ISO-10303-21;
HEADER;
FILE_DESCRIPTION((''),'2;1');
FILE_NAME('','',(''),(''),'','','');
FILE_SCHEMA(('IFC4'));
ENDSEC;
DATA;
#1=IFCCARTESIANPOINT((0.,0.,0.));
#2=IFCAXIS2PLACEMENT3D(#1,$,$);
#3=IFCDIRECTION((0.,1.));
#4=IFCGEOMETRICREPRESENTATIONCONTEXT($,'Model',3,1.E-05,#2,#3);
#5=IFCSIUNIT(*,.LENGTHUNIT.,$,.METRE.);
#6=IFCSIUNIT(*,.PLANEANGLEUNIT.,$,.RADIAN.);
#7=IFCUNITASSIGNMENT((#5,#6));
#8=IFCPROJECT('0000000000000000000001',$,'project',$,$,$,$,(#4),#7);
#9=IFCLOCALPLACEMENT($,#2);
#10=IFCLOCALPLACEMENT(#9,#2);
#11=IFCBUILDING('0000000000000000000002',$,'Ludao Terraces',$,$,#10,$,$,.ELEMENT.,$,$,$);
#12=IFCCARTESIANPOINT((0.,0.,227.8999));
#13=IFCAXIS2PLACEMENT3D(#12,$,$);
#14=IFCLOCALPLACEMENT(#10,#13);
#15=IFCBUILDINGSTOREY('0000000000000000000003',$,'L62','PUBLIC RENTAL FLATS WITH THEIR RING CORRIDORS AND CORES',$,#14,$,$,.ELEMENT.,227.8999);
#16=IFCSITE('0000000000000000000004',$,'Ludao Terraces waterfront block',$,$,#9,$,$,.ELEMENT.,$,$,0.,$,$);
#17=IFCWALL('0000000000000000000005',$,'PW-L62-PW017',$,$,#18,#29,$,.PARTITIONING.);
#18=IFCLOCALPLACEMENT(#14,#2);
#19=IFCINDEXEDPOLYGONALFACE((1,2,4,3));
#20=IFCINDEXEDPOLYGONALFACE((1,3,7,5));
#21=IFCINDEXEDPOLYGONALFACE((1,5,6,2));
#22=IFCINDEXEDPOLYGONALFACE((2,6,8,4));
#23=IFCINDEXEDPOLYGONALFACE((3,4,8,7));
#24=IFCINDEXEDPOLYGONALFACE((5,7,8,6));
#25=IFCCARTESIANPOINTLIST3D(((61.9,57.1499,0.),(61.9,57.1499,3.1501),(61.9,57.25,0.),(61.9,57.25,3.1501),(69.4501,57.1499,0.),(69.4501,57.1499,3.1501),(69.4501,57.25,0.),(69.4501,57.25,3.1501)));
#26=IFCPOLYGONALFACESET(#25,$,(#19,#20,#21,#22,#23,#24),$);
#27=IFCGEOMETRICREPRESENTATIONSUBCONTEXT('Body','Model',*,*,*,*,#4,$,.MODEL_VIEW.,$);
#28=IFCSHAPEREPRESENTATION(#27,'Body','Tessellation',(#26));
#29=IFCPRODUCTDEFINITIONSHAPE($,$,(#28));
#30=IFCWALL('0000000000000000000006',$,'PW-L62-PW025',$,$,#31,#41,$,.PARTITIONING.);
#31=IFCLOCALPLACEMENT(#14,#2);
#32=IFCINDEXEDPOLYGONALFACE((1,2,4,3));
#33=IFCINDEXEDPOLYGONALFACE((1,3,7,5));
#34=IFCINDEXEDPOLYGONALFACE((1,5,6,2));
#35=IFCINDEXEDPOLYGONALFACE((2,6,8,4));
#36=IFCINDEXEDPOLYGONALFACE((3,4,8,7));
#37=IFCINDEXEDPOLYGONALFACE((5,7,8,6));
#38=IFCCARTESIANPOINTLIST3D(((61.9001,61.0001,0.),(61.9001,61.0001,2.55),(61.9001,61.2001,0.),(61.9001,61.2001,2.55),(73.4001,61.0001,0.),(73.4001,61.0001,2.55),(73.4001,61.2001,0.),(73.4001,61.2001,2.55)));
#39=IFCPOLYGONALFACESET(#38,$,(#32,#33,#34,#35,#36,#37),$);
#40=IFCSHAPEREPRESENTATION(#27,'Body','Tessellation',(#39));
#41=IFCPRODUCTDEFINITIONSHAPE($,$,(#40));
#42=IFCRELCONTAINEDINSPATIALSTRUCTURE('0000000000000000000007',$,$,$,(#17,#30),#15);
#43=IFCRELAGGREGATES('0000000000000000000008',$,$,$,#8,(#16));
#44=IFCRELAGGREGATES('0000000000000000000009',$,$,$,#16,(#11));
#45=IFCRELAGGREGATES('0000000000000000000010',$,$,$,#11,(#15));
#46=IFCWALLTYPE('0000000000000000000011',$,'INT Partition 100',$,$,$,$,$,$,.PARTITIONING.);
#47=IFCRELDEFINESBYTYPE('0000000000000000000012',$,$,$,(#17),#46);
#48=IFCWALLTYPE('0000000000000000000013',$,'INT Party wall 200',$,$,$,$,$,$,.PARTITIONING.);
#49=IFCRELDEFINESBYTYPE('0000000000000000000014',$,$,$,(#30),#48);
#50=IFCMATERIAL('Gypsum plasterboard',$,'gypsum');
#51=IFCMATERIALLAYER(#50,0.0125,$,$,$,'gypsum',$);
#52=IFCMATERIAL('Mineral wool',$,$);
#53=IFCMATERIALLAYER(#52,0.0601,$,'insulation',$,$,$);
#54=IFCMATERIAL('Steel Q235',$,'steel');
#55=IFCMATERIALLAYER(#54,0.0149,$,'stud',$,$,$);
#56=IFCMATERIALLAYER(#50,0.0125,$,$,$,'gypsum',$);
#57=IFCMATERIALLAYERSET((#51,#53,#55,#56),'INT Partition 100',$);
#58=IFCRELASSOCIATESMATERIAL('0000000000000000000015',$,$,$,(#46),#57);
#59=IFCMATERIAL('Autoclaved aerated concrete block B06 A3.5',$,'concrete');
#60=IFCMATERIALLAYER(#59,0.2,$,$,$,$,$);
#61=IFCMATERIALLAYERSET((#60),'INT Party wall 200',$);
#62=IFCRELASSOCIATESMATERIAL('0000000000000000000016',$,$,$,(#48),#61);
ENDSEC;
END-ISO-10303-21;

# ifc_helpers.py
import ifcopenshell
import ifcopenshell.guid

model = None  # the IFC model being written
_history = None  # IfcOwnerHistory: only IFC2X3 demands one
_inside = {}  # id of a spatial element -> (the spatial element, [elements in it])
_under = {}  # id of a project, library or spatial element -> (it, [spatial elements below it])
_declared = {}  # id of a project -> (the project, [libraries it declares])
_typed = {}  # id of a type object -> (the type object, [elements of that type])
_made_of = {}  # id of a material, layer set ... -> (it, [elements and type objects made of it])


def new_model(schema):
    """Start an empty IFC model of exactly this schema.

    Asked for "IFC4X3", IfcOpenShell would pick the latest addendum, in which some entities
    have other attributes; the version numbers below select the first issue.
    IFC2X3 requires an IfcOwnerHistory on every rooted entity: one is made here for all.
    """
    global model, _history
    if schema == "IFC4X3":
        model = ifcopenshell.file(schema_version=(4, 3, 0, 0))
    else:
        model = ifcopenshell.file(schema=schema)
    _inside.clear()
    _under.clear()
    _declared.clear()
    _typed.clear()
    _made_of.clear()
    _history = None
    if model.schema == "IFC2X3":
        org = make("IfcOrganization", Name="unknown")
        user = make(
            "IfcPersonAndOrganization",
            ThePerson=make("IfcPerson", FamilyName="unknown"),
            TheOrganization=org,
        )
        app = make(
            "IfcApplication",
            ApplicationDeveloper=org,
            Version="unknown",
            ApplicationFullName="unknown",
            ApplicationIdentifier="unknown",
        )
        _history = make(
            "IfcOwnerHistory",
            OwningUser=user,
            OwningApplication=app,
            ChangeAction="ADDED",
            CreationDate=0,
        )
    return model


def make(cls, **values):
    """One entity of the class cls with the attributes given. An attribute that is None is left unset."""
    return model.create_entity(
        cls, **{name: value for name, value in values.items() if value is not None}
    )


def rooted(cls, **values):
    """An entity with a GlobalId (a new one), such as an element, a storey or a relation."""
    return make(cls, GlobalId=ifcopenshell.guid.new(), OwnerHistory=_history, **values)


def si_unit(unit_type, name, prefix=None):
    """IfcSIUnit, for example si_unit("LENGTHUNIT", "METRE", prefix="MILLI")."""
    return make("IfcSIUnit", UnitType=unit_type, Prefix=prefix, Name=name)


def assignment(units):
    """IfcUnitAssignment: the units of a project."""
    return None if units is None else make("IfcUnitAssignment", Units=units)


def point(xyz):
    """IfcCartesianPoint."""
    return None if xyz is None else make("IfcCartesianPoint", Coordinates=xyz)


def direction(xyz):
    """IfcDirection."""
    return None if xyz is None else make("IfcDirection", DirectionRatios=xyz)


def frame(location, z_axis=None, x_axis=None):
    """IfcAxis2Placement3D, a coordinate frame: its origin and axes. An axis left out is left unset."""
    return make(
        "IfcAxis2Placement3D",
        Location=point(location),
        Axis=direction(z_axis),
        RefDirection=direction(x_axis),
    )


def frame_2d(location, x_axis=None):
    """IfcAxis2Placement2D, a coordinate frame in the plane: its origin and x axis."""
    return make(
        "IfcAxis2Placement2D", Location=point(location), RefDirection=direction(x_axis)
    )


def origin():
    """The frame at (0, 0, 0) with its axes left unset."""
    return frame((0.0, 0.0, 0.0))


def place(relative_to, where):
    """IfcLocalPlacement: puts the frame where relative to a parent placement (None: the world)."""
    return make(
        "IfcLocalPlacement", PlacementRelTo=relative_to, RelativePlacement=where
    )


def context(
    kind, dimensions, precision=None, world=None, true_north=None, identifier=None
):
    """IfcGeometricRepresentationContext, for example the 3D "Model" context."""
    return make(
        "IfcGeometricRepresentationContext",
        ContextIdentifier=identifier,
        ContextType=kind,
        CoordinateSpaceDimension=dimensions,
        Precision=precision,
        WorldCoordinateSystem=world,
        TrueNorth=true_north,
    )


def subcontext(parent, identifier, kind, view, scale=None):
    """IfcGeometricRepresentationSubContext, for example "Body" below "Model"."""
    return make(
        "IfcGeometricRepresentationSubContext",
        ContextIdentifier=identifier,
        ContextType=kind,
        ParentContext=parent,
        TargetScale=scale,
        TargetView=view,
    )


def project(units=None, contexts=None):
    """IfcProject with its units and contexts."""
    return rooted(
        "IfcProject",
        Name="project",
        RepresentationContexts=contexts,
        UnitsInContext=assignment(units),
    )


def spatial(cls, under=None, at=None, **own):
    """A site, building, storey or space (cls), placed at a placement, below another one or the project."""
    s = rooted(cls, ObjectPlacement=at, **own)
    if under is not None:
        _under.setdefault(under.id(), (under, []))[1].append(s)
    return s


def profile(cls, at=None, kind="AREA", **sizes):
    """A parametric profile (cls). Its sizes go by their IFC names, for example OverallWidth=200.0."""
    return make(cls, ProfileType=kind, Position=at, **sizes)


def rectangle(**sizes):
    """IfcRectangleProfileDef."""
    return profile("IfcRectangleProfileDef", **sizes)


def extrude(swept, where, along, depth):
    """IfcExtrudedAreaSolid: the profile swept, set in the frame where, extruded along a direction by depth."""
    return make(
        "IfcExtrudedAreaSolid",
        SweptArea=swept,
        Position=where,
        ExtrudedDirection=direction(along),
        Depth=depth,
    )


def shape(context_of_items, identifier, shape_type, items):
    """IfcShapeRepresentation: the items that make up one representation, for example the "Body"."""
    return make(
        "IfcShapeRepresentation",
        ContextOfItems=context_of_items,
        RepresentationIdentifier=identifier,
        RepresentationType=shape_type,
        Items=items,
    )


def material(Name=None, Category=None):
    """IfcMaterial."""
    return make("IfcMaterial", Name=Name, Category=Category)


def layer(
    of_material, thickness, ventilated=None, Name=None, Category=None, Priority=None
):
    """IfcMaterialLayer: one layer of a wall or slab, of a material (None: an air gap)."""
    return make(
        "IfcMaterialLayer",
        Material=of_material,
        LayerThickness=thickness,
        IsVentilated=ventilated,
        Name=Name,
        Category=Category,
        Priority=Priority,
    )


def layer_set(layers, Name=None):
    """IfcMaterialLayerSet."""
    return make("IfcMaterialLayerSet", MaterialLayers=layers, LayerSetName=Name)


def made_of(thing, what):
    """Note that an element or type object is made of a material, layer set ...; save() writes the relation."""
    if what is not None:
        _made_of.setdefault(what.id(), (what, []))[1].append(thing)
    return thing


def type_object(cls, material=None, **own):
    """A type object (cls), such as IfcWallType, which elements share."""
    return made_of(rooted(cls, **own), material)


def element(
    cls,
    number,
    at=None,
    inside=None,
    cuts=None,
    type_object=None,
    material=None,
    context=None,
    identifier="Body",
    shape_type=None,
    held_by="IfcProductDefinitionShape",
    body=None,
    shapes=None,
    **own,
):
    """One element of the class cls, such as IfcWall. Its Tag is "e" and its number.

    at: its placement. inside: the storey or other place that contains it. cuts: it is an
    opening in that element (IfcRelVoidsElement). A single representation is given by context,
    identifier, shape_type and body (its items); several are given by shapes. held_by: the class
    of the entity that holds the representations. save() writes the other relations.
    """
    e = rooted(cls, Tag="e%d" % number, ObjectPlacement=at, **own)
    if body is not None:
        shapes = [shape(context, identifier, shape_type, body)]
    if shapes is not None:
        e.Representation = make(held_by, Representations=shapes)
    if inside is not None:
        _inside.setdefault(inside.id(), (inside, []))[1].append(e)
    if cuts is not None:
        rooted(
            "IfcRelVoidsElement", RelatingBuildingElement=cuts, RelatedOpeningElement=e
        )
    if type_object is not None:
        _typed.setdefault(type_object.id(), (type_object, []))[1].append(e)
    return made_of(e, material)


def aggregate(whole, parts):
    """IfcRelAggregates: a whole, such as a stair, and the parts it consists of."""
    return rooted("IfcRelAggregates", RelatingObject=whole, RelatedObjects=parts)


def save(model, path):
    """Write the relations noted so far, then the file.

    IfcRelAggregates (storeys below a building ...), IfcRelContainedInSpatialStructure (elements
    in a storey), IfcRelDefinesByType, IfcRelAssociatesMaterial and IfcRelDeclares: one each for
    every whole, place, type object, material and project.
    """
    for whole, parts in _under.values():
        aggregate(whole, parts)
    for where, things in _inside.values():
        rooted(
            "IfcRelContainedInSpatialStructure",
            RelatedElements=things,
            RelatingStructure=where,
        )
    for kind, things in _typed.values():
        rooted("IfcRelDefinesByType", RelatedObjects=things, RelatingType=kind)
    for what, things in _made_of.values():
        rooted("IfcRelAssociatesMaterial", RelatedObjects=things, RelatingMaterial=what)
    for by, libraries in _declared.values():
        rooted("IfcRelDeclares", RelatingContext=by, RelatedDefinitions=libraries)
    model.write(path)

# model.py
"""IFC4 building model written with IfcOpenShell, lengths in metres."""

from ifc_helpers import new_model, si_unit, direction, frame, frame_2d, origin, place, context, subcontext, project, spatial, rectangle, extrude, material, layer, layer_set, type_object, element, save


model = new_model("IFC4")

# Units and contexts
model_context = context("Model", 3, precision=1e-05, world=origin(), true_north=direction((0.0, 1.0)))
body_context = subcontext(model_context, "Body", "Model", "MODEL_VIEW")
ifc_project = project(units=[si_unit("LENGTHUNIT", "METRE"), si_unit("PLANEANGLEUNIT", "RADIAN")], contexts=[model_context])

# Site, building, storey
site_placement = place(None, origin())
site = spatial("IfcSite", under=ifc_project, at=site_placement, Name="Ludao Terraces waterfront block", CompositionType="ELEMENT", RefElevation=0.0)
building_placement = place(site_placement, origin())
building = spatial("IfcBuilding", under=site, at=building_placement, Name="Ludao Terraces", CompositionType="ELEMENT")
storey_placement = place(building_placement, frame((0.0, 0.0, 227.8999)))
storey = spatial("IfcBuildingStorey", under=building, at=storey_placement, Name="L62", Description="PUBLIC RENTAL FLATS WITH THEIR RING CORRIDORS AND CORES", CompositionType="ELEMENT", Elevation=227.8999)

# Shared definitions
ifc_material_1 = material(Name="Mineral wool")

# Shared definitions
ifc_material_2 = material(Name="Gypsum plasterboard", Category="gypsum")
ifc_layer_1 = layer(ifc_material_2, 0.0125, Category="gypsum")
ifc_layer_2 = layer(ifc_material_1, 0.0601, Name="insulation")
ifc_material_3 = material(Name="Steel Q235", Category="steel")
ifc_layer_3 = layer(ifc_material_3, 0.0149, Name="stud")
ifc_layer_4 = layer(ifc_material_2, 0.0125, Category="gypsum")
ifc_layer_set_1 = layer_set([ifc_layer_1, ifc_layer_2, ifc_layer_3, ifc_layer_4], Name="INT Partition 100")
wall_type_1 = type_object("IfcWallType", Name="INT Partition 100", PredefinedType="PARTITIONING", material=ifc_layer_set_1)

# Walls
for number, where, z_axis, x_axis, name in (
    (1, (61.9001, 57.2, 0.0), (0.0, 0.0, 1.0), (1.0, 0.0, 0.0), "PW-L62-PW017"),
):
    element("IfcWall", number, at=place(storey_placement, frame(where, z_axis=z_axis, x_axis=x_axis)), inside=storey, type_object=wall_type_1, Name=name, PredefinedType="PARTITIONING", context=body_context, shape_type="SweptSolid", body=[
        extrude(rectangle(XDim=7.55, YDim=0.1001, at=frame_2d((3.7749, 0.0))), origin(), (0.0, 0.0, 1.0), 3.1501),
    ])
ifc_material_4 = material(Name="Autoclaved aerated concrete block B06 A3.5", Category="concrete")
ifc_layer_5 = layer(ifc_material_4, 0.2)
ifc_layer_set_2 = layer_set([ifc_layer_5], Name="INT Party wall 200")
wall_type_2 = type_object("IfcWallType", Name="INT Party wall 200", PredefinedType="PARTITIONING", material=ifc_layer_set_2)
wall_1_placement = place(storey_placement, frame((61.9001, 61.1001, 0.0), z_axis=(0.0, 0.0, 1.0), x_axis=(1.0, 0.0, 0.0)))
element("IfcWall", 2, at=wall_1_placement, inside=storey, type_object=wall_type_2, Name="PW-L62-PW025", PredefinedType="PARTITIONING", context=body_context, shape_type="SweptSolid", body=[
    extrude(rectangle(XDim=11.5, YDim=0.2, at=frame_2d((5.75, 0.0))), origin(), (0.0, 0.0, 1.0), 2.55),
])

save(model, "model.ifc")
